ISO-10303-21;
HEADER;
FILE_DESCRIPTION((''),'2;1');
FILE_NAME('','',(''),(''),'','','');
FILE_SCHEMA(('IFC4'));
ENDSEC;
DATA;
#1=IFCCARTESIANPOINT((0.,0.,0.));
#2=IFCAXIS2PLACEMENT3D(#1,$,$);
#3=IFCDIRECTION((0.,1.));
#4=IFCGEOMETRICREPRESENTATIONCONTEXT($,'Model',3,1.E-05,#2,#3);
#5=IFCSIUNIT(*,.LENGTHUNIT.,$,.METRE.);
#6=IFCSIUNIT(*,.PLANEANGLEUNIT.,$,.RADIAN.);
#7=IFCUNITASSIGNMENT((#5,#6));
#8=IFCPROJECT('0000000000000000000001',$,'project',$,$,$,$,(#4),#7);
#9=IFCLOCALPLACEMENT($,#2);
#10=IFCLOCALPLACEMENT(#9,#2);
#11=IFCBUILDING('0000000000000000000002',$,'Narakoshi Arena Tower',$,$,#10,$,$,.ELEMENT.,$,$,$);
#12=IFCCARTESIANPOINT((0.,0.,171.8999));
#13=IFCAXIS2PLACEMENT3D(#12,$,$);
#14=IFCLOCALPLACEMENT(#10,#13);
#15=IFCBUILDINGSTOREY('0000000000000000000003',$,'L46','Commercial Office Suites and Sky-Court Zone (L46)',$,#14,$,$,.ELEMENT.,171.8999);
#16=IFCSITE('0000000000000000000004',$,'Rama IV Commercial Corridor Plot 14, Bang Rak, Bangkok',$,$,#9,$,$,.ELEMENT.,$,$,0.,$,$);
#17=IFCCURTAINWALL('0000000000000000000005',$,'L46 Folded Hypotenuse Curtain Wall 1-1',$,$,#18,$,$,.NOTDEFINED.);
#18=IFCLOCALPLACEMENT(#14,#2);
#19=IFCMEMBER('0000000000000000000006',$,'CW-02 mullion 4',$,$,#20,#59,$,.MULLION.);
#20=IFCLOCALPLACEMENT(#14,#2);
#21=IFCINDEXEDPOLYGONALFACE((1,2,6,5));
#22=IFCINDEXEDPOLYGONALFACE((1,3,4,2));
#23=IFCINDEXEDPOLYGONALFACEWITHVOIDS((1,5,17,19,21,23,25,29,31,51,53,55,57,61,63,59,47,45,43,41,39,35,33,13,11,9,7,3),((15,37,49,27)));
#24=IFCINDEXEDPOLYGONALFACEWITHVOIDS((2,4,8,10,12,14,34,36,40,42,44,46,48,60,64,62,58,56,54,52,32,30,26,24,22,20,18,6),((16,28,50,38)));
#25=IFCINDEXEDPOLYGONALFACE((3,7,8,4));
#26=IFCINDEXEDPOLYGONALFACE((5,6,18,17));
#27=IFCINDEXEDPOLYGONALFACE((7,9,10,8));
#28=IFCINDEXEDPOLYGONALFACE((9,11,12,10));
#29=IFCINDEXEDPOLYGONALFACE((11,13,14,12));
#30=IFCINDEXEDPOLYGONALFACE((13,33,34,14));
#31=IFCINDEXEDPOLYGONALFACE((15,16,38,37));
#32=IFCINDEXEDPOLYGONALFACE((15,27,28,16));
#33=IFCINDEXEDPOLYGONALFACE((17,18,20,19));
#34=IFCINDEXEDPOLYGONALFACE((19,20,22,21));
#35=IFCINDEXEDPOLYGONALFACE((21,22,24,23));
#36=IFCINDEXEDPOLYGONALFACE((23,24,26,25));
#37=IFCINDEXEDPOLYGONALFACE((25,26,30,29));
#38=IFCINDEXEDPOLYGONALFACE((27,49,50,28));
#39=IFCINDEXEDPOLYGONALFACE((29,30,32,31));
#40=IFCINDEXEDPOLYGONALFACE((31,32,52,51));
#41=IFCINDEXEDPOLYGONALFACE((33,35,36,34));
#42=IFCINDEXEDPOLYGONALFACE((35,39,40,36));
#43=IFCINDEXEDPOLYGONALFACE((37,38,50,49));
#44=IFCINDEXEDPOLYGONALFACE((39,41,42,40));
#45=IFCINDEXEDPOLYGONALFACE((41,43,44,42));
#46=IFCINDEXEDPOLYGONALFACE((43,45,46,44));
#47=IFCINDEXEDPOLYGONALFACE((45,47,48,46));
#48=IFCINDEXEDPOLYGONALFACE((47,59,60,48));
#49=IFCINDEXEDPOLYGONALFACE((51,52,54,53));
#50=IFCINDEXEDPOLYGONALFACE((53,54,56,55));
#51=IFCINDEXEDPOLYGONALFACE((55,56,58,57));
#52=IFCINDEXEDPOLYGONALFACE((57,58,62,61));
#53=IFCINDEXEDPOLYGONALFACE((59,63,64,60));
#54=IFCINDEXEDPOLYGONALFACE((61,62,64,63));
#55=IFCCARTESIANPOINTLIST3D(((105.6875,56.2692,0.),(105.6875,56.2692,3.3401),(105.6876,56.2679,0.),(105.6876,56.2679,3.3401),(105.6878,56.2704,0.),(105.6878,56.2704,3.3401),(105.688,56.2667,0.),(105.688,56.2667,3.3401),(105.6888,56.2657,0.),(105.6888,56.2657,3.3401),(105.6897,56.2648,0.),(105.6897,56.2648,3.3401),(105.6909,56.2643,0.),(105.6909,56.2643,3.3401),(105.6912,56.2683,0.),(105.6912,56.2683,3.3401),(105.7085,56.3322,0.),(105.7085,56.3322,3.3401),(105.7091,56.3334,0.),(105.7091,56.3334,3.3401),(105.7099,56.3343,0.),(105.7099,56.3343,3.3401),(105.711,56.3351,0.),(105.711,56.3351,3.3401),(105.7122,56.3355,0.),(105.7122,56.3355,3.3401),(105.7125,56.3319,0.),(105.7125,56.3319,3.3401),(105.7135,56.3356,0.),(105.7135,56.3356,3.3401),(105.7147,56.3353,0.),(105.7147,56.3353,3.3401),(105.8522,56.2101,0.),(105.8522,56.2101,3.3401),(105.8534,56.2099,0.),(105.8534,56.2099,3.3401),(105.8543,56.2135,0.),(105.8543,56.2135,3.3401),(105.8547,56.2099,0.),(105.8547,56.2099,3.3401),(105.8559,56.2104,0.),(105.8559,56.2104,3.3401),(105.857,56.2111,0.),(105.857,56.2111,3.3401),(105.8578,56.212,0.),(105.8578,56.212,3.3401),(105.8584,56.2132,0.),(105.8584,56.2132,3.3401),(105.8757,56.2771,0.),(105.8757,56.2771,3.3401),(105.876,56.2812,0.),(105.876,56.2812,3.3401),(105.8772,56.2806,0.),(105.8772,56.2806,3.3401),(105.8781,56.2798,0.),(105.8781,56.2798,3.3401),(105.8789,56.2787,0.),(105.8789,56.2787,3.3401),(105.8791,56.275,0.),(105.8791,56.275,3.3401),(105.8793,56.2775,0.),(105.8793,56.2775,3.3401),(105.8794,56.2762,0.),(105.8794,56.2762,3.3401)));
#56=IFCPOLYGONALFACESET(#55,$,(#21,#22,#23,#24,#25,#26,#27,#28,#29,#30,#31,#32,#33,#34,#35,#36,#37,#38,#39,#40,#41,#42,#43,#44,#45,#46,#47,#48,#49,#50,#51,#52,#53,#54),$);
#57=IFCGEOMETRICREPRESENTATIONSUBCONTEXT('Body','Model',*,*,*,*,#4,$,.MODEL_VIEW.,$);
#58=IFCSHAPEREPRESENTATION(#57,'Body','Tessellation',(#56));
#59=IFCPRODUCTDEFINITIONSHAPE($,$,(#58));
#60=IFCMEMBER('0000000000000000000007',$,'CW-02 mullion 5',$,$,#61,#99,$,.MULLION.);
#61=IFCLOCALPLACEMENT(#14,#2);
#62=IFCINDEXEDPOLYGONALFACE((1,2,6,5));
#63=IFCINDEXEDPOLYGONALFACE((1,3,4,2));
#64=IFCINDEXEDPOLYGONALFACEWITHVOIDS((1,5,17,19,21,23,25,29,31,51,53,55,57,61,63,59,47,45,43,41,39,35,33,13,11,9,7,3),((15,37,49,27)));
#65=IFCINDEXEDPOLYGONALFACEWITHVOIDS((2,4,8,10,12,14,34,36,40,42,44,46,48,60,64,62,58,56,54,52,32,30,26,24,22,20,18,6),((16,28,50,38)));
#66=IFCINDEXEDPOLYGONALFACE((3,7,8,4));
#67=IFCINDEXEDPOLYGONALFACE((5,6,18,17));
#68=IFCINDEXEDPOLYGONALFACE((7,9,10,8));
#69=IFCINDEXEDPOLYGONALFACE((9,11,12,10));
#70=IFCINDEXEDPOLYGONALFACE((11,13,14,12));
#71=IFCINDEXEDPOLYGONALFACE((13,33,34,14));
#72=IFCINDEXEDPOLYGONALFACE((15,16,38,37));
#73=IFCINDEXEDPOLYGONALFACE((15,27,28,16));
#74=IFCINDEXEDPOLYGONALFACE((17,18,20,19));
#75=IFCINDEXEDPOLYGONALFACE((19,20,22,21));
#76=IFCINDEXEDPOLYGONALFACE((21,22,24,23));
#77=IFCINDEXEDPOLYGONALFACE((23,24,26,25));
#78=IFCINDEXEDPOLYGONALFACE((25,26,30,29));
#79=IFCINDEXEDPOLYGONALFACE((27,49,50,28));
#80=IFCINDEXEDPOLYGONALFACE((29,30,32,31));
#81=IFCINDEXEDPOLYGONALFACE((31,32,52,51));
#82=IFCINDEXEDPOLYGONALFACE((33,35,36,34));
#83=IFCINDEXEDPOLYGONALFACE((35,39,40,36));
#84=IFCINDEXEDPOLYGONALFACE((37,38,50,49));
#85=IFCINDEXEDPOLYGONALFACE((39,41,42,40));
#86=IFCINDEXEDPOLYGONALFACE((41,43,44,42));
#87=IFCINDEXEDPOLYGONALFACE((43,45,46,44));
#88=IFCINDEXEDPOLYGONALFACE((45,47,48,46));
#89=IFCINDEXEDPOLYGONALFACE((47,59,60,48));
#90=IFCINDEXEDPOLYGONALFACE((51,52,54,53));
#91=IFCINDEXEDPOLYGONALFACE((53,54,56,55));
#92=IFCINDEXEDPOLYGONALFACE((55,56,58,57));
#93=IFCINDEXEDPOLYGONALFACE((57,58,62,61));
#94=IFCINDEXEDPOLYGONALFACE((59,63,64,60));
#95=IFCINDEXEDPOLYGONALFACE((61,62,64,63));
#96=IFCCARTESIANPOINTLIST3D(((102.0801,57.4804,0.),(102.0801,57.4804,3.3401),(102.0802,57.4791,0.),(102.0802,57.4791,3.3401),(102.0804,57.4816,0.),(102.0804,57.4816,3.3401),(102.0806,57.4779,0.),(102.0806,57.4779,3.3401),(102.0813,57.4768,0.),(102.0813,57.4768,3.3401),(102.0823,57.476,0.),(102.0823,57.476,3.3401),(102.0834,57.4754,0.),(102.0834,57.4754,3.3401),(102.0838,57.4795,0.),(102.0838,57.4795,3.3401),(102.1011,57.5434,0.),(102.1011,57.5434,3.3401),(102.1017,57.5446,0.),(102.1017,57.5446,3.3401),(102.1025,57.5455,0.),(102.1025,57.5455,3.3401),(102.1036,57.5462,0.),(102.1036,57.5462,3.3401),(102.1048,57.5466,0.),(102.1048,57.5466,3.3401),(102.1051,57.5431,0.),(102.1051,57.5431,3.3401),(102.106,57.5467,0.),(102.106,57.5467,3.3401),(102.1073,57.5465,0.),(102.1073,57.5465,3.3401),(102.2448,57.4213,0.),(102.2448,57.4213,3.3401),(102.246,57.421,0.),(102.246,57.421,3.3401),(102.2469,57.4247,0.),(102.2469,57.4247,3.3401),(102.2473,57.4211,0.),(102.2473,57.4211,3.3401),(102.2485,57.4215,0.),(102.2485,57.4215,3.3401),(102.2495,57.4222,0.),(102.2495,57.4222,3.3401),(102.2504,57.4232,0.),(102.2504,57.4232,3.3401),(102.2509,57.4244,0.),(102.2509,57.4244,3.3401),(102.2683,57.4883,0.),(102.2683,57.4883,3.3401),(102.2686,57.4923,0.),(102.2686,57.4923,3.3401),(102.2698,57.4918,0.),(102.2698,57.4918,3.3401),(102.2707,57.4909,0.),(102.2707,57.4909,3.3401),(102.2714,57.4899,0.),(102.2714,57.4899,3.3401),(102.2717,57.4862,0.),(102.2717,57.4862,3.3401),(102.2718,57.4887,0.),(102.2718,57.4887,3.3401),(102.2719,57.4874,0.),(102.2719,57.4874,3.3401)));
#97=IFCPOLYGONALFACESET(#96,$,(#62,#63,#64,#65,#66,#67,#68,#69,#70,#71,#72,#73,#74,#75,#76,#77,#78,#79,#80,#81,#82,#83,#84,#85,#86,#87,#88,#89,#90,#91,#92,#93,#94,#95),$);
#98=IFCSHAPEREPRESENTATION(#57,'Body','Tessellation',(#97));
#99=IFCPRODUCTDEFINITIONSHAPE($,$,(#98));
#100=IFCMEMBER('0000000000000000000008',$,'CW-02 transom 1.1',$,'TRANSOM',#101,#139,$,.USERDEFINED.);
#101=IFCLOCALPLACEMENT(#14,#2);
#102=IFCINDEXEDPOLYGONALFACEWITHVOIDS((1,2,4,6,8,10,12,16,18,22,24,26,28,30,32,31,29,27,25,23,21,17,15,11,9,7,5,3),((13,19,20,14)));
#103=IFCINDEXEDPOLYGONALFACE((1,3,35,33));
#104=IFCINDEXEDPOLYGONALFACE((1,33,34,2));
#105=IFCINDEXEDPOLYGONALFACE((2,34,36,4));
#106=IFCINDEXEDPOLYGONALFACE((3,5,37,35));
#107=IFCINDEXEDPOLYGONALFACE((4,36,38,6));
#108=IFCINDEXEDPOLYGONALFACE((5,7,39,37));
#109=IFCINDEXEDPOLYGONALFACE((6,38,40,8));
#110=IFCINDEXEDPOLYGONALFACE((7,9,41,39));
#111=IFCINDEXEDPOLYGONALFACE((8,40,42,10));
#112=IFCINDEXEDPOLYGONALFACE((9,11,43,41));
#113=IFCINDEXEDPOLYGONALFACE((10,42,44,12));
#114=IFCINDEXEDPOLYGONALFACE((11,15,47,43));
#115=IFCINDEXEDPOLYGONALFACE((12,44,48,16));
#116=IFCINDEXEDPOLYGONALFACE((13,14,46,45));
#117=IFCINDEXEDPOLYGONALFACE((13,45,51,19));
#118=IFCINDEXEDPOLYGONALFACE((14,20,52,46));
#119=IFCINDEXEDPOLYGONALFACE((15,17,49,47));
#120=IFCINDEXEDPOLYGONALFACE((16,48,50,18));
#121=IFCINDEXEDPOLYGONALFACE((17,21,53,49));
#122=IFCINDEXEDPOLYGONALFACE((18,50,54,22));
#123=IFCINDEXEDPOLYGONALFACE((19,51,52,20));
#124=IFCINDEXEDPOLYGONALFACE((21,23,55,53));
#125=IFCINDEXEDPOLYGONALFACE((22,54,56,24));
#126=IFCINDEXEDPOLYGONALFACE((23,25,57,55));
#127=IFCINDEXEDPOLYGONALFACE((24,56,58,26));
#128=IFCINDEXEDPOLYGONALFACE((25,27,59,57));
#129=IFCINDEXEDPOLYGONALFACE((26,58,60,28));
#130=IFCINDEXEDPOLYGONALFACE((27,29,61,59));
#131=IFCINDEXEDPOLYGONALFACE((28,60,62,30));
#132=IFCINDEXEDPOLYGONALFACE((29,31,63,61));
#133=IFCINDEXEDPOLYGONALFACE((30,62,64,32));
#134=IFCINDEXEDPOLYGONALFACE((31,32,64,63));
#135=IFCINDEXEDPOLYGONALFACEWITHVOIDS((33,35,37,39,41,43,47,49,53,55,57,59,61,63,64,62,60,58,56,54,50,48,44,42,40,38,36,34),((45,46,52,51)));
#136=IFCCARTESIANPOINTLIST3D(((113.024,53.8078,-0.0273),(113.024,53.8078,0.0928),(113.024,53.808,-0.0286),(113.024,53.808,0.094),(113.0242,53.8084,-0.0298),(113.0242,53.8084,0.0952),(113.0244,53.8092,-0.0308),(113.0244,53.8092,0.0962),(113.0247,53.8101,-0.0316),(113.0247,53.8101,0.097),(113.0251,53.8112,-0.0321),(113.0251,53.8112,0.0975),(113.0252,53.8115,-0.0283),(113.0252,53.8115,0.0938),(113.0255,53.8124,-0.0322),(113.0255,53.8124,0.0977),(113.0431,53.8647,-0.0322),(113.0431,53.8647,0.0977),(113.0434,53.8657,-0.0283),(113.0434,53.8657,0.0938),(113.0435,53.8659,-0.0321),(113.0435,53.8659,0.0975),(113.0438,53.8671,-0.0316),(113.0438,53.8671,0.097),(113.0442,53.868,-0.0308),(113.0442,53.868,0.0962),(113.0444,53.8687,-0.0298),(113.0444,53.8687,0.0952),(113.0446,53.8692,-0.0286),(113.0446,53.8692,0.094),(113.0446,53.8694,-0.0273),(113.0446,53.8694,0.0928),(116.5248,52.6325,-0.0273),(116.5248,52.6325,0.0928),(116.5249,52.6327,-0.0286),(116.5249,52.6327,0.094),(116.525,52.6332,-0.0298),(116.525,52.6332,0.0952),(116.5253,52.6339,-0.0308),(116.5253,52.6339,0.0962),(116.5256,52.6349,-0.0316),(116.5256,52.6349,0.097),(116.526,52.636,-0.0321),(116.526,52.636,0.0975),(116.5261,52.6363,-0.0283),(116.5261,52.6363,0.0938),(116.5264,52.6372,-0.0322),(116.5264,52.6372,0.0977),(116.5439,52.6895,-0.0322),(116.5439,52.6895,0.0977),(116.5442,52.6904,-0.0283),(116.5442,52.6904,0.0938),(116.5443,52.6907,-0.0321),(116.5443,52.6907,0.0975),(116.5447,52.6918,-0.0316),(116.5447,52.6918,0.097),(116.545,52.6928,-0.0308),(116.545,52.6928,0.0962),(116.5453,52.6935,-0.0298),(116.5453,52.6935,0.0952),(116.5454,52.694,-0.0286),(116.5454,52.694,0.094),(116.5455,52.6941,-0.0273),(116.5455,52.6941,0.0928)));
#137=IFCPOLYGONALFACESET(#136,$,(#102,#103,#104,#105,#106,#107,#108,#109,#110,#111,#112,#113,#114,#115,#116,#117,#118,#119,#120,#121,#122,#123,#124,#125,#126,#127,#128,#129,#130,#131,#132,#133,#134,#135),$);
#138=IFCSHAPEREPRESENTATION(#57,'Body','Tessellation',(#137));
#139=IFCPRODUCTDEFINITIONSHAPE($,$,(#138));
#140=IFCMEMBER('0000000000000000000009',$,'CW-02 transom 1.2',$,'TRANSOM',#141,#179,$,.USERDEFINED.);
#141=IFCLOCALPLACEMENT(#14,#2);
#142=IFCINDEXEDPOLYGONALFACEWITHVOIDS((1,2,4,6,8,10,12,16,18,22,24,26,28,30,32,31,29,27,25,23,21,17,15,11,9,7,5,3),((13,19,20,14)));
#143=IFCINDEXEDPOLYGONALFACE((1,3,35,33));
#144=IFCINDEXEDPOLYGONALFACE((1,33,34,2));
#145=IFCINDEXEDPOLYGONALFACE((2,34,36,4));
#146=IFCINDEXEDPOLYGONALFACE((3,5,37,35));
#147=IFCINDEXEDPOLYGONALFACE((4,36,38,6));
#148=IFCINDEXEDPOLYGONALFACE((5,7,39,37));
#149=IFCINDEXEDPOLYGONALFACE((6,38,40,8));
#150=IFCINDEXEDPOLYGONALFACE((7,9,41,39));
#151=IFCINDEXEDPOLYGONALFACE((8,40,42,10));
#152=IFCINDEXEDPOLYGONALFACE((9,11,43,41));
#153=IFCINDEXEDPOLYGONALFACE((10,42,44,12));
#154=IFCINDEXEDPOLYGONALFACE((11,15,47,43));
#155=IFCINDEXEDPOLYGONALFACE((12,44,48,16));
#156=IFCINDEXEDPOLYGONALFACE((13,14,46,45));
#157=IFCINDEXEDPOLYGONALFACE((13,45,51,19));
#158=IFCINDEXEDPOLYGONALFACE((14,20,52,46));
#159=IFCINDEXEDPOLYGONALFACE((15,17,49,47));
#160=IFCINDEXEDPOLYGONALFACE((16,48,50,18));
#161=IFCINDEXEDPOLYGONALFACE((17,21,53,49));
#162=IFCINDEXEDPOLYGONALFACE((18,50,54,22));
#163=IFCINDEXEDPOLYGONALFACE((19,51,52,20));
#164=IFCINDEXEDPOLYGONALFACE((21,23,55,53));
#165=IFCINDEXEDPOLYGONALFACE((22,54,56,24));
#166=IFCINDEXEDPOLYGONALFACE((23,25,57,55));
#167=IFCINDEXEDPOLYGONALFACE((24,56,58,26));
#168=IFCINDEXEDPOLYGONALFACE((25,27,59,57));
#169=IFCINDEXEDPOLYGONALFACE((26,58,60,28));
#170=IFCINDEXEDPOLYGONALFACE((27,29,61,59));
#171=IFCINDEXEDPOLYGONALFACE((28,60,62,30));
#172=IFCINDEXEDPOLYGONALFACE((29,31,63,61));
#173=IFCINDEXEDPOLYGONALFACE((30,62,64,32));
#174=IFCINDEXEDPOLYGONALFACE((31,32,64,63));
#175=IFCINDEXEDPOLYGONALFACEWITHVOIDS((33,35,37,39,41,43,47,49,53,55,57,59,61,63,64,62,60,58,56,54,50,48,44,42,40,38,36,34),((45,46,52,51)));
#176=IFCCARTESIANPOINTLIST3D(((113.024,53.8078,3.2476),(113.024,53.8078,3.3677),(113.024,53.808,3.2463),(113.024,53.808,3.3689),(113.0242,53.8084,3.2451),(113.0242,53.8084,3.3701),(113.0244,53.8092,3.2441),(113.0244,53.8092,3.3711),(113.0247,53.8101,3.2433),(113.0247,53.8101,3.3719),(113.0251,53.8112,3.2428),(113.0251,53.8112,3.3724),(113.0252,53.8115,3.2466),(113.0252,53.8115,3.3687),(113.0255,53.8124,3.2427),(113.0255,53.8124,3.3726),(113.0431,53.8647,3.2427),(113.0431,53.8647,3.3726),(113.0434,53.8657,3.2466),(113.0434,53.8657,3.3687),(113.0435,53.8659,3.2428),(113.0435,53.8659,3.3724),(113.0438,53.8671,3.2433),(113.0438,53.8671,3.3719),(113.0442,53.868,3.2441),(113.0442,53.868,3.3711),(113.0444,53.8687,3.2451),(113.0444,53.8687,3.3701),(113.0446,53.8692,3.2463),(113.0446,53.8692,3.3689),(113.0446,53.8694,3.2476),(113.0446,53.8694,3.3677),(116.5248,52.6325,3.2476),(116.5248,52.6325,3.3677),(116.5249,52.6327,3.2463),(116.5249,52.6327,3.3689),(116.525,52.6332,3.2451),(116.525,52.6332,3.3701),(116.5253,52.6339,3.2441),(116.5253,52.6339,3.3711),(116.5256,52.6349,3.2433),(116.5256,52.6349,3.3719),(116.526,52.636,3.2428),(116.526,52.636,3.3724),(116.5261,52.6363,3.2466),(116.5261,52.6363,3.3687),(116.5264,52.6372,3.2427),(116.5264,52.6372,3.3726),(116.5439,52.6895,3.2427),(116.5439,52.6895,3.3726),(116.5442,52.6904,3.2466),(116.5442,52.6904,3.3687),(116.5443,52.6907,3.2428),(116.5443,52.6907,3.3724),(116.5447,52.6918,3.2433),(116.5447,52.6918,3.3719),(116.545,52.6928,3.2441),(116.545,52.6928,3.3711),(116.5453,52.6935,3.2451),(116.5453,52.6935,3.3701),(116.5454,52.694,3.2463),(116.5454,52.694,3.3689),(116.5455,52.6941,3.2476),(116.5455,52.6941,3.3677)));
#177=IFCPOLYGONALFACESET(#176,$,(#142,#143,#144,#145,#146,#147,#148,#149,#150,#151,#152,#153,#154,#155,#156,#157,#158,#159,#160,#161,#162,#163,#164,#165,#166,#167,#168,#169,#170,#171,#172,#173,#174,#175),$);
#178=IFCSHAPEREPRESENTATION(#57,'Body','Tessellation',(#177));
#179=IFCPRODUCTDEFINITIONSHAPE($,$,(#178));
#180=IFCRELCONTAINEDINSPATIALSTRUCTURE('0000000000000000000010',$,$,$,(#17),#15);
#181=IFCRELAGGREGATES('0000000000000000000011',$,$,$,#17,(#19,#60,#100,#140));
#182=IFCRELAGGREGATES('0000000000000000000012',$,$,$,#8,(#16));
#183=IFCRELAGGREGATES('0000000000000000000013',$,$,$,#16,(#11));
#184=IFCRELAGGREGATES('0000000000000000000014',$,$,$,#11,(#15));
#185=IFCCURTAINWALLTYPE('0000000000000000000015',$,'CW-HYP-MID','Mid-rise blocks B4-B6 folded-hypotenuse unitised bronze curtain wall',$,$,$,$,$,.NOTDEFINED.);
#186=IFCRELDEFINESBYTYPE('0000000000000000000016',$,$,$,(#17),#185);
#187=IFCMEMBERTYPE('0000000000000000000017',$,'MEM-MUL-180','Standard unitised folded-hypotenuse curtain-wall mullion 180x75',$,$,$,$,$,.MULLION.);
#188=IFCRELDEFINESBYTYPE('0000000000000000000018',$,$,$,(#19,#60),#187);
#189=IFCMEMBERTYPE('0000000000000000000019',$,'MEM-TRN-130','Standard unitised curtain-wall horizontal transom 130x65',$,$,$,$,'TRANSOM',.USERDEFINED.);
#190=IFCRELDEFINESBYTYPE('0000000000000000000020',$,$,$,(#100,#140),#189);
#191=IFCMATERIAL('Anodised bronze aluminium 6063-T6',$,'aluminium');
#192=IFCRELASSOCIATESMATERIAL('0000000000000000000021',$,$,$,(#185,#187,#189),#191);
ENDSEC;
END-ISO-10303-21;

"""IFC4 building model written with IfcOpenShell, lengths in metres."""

from ifc_helpers import new_model, si_unit, direction, frame, origin, origin_2d, place, context, subcontext, project, spatial, hollow_rectangle, extrude, material, material_profile, profile_set, type_object, element, aggregate, save


model = new_model("IFC4")

# Units and contexts
model_context = context("Model", 3, precision=1e-05, world=origin(), true_north=direction((0.0, 1.0)))
body_context = subcontext(model_context, "Body", "Model", "MODEL_VIEW")
ifc_project = project(units=[si_unit("LENGTHUNIT", "METRE"), si_unit("PLANEANGLEUNIT", "RADIAN")], contexts=[model_context])

# Site, building, storey
site_placement = place(None, origin())
site = spatial("IfcSite", under=ifc_project, at=site_placement, Name="Rama IV Commercial Corridor Plot 14, Bang Rak, Bangkok", CompositionType="ELEMENT", RefElevation=0.0)
building_placement = place(site_placement, origin())
building = spatial("IfcBuilding", under=site, at=building_placement, Name="Narakoshi Arena Tower", CompositionType="ELEMENT")
storey_placement = place(building_placement, frame((0.0, 0.0, 171.8999)))
storey = spatial("IfcBuildingStorey", under=building, at=storey_placement, Name="L46", Description="Commercial Office Suites and Sky-Court Zone (L46)", CompositionType="ELEMENT", Elevation=171.8999)

# Curtain wall, members
ifc_material_1 = material(Name="Anodised bronze aluminium 6063-T6", Category="aluminium")
curtain_wall_type = type_object("IfcCurtainWallType", Name="CW-HYP-MID", Description="Mid-rise blocks B4-B6 folded-hypotenuse unitised bronze curtain wall", PredefinedType="NOTDEFINED", material=ifc_material_1)
curtain_wall_placement = place(storey_placement, origin())
curtain_wall = element("IfcCurtainWall", 1, at=curtain_wall_placement, inside=storey, type_object=curtain_wall_type, Name="L46 Folded Hypotenuse Curtain Wall 1-1", PredefinedType="NOTDEFINED")
ifc_material_profile_1 = material_profile(ifc_material_1, hollow_rectangle(XDim=0.075, YDim=0.1799, WallThickness=0.0039, OuterFilletRadius=0.0049, at=origin_2d()), Name="MUL180x75x4")
ifc_profile_set_1 = profile_set([ifc_material_profile_1], Name="Anodised bronze aluminium 6063-T6")
member_type_1 = type_object("IfcMemberType", Name="MEM-MUL-180", Description="Standard unitised folded-hypotenuse curtain-wall mullion 180x75", PredefinedType="MULLION", material=ifc_profile_set_1)
member_1_placement = place(storey_placement, frame((105.7834, 56.2727, 0.0), z_axis=(0.0, 0.0, 1.0), x_axis=(-0.318261, -0.948003, 0.0)))
member_1 = element("IfcMember", 2, at=member_1_placement, type_object=member_type_1, Name="CW-02 mullion 4", PredefinedType="MULLION", context=body_context, shape_type="SweptSolid", body=[
    extrude(hollow_rectangle(XDim=0.075, YDim=0.1799, WallThickness=0.0039, OuterFilletRadius=0.0049, at=origin_2d()), origin(), (0.0, 0.0, 1.0), 3.3401),
])
member_2_placement = place(storey_placement, frame((102.176, 57.4839, 0.0), z_axis=(0.0, 0.0, 1.0), x_axis=(-0.318261, -0.948003, 0.0)))
member_2 = element("IfcMember", 3, at=member_2_placement, type_object=member_type_1, Name="CW-02 mullion 5", PredefinedType="MULLION", context=body_context, shape_type="SweptSolid", body=[
    extrude(hollow_rectangle(XDim=0.075, YDim=0.1799, WallThickness=0.0039, OuterFilletRadius=0.0049, at=origin_2d()), origin(), (0.0, 0.0, 1.0), 3.3401),
])
ifc_material_profile_2 = material_profile(ifc_material_1, hollow_rectangle(XDim=0.0649, YDim=0.1299, WallThickness=0.0039, OuterFilletRadius=0.0049, at=origin_2d()), Name="TRN130x65x4")
ifc_profile_set_2 = profile_set([ifc_material_profile_2], Name="Anodised bronze aluminium 6063-T6")
member_type_2 = type_object("IfcMemberType", Name="MEM-TRN-130", Description="Standard unitised curtain-wall horizontal transom 130x65", ElementType="TRANSOM", PredefinedType="USERDEFINED", material=ifc_profile_set_2)
member_3_placement = place(storey_placement, frame((116.5352, 52.6633, 0.0327), z_axis=(-0.948007, 0.31825, 0.0), x_axis=(-0.31825, -0.948007, 0.0)))
member_3 = element("IfcMember", 4, at=member_3_placement, type_object=member_type_2, Name="CW-02 transom 1.1", ObjectType="TRANSOM", PredefinedType="USERDEFINED", context=body_context, shape_type="SweptSolid", body=[
    extrude(hollow_rectangle(XDim=0.0649, YDim=0.1299, WallThickness=0.0039, OuterFilletRadius=0.0049, at=origin_2d()), origin(), (0.0, 0.0, 1.0), 3.6929),
])
member_4_placement = place(storey_placement, frame((116.5352, 52.6633, 3.3076), z_axis=(-0.948007, 0.31825, 0.0), x_axis=(-0.31825, -0.948007, 0.0)))
member_4 = element("IfcMember", 5, at=member_4_placement, type_object=member_type_2, Name="CW-02 transom 1.2", ObjectType="TRANSOM", PredefinedType="USERDEFINED", context=body_context, shape_type="SweptSolid", body=[
    extrude(hollow_rectangle(XDim=0.0649, YDim=0.1299, WallThickness=0.0039, OuterFilletRadius=0.0049, at=origin_2d()), origin(), (0.0, 0.0, 1.0), 3.6929),
])
aggregate(curtain_wall, [member_1, member_2, member_3, member_4])

save(model, "model.ifc")
